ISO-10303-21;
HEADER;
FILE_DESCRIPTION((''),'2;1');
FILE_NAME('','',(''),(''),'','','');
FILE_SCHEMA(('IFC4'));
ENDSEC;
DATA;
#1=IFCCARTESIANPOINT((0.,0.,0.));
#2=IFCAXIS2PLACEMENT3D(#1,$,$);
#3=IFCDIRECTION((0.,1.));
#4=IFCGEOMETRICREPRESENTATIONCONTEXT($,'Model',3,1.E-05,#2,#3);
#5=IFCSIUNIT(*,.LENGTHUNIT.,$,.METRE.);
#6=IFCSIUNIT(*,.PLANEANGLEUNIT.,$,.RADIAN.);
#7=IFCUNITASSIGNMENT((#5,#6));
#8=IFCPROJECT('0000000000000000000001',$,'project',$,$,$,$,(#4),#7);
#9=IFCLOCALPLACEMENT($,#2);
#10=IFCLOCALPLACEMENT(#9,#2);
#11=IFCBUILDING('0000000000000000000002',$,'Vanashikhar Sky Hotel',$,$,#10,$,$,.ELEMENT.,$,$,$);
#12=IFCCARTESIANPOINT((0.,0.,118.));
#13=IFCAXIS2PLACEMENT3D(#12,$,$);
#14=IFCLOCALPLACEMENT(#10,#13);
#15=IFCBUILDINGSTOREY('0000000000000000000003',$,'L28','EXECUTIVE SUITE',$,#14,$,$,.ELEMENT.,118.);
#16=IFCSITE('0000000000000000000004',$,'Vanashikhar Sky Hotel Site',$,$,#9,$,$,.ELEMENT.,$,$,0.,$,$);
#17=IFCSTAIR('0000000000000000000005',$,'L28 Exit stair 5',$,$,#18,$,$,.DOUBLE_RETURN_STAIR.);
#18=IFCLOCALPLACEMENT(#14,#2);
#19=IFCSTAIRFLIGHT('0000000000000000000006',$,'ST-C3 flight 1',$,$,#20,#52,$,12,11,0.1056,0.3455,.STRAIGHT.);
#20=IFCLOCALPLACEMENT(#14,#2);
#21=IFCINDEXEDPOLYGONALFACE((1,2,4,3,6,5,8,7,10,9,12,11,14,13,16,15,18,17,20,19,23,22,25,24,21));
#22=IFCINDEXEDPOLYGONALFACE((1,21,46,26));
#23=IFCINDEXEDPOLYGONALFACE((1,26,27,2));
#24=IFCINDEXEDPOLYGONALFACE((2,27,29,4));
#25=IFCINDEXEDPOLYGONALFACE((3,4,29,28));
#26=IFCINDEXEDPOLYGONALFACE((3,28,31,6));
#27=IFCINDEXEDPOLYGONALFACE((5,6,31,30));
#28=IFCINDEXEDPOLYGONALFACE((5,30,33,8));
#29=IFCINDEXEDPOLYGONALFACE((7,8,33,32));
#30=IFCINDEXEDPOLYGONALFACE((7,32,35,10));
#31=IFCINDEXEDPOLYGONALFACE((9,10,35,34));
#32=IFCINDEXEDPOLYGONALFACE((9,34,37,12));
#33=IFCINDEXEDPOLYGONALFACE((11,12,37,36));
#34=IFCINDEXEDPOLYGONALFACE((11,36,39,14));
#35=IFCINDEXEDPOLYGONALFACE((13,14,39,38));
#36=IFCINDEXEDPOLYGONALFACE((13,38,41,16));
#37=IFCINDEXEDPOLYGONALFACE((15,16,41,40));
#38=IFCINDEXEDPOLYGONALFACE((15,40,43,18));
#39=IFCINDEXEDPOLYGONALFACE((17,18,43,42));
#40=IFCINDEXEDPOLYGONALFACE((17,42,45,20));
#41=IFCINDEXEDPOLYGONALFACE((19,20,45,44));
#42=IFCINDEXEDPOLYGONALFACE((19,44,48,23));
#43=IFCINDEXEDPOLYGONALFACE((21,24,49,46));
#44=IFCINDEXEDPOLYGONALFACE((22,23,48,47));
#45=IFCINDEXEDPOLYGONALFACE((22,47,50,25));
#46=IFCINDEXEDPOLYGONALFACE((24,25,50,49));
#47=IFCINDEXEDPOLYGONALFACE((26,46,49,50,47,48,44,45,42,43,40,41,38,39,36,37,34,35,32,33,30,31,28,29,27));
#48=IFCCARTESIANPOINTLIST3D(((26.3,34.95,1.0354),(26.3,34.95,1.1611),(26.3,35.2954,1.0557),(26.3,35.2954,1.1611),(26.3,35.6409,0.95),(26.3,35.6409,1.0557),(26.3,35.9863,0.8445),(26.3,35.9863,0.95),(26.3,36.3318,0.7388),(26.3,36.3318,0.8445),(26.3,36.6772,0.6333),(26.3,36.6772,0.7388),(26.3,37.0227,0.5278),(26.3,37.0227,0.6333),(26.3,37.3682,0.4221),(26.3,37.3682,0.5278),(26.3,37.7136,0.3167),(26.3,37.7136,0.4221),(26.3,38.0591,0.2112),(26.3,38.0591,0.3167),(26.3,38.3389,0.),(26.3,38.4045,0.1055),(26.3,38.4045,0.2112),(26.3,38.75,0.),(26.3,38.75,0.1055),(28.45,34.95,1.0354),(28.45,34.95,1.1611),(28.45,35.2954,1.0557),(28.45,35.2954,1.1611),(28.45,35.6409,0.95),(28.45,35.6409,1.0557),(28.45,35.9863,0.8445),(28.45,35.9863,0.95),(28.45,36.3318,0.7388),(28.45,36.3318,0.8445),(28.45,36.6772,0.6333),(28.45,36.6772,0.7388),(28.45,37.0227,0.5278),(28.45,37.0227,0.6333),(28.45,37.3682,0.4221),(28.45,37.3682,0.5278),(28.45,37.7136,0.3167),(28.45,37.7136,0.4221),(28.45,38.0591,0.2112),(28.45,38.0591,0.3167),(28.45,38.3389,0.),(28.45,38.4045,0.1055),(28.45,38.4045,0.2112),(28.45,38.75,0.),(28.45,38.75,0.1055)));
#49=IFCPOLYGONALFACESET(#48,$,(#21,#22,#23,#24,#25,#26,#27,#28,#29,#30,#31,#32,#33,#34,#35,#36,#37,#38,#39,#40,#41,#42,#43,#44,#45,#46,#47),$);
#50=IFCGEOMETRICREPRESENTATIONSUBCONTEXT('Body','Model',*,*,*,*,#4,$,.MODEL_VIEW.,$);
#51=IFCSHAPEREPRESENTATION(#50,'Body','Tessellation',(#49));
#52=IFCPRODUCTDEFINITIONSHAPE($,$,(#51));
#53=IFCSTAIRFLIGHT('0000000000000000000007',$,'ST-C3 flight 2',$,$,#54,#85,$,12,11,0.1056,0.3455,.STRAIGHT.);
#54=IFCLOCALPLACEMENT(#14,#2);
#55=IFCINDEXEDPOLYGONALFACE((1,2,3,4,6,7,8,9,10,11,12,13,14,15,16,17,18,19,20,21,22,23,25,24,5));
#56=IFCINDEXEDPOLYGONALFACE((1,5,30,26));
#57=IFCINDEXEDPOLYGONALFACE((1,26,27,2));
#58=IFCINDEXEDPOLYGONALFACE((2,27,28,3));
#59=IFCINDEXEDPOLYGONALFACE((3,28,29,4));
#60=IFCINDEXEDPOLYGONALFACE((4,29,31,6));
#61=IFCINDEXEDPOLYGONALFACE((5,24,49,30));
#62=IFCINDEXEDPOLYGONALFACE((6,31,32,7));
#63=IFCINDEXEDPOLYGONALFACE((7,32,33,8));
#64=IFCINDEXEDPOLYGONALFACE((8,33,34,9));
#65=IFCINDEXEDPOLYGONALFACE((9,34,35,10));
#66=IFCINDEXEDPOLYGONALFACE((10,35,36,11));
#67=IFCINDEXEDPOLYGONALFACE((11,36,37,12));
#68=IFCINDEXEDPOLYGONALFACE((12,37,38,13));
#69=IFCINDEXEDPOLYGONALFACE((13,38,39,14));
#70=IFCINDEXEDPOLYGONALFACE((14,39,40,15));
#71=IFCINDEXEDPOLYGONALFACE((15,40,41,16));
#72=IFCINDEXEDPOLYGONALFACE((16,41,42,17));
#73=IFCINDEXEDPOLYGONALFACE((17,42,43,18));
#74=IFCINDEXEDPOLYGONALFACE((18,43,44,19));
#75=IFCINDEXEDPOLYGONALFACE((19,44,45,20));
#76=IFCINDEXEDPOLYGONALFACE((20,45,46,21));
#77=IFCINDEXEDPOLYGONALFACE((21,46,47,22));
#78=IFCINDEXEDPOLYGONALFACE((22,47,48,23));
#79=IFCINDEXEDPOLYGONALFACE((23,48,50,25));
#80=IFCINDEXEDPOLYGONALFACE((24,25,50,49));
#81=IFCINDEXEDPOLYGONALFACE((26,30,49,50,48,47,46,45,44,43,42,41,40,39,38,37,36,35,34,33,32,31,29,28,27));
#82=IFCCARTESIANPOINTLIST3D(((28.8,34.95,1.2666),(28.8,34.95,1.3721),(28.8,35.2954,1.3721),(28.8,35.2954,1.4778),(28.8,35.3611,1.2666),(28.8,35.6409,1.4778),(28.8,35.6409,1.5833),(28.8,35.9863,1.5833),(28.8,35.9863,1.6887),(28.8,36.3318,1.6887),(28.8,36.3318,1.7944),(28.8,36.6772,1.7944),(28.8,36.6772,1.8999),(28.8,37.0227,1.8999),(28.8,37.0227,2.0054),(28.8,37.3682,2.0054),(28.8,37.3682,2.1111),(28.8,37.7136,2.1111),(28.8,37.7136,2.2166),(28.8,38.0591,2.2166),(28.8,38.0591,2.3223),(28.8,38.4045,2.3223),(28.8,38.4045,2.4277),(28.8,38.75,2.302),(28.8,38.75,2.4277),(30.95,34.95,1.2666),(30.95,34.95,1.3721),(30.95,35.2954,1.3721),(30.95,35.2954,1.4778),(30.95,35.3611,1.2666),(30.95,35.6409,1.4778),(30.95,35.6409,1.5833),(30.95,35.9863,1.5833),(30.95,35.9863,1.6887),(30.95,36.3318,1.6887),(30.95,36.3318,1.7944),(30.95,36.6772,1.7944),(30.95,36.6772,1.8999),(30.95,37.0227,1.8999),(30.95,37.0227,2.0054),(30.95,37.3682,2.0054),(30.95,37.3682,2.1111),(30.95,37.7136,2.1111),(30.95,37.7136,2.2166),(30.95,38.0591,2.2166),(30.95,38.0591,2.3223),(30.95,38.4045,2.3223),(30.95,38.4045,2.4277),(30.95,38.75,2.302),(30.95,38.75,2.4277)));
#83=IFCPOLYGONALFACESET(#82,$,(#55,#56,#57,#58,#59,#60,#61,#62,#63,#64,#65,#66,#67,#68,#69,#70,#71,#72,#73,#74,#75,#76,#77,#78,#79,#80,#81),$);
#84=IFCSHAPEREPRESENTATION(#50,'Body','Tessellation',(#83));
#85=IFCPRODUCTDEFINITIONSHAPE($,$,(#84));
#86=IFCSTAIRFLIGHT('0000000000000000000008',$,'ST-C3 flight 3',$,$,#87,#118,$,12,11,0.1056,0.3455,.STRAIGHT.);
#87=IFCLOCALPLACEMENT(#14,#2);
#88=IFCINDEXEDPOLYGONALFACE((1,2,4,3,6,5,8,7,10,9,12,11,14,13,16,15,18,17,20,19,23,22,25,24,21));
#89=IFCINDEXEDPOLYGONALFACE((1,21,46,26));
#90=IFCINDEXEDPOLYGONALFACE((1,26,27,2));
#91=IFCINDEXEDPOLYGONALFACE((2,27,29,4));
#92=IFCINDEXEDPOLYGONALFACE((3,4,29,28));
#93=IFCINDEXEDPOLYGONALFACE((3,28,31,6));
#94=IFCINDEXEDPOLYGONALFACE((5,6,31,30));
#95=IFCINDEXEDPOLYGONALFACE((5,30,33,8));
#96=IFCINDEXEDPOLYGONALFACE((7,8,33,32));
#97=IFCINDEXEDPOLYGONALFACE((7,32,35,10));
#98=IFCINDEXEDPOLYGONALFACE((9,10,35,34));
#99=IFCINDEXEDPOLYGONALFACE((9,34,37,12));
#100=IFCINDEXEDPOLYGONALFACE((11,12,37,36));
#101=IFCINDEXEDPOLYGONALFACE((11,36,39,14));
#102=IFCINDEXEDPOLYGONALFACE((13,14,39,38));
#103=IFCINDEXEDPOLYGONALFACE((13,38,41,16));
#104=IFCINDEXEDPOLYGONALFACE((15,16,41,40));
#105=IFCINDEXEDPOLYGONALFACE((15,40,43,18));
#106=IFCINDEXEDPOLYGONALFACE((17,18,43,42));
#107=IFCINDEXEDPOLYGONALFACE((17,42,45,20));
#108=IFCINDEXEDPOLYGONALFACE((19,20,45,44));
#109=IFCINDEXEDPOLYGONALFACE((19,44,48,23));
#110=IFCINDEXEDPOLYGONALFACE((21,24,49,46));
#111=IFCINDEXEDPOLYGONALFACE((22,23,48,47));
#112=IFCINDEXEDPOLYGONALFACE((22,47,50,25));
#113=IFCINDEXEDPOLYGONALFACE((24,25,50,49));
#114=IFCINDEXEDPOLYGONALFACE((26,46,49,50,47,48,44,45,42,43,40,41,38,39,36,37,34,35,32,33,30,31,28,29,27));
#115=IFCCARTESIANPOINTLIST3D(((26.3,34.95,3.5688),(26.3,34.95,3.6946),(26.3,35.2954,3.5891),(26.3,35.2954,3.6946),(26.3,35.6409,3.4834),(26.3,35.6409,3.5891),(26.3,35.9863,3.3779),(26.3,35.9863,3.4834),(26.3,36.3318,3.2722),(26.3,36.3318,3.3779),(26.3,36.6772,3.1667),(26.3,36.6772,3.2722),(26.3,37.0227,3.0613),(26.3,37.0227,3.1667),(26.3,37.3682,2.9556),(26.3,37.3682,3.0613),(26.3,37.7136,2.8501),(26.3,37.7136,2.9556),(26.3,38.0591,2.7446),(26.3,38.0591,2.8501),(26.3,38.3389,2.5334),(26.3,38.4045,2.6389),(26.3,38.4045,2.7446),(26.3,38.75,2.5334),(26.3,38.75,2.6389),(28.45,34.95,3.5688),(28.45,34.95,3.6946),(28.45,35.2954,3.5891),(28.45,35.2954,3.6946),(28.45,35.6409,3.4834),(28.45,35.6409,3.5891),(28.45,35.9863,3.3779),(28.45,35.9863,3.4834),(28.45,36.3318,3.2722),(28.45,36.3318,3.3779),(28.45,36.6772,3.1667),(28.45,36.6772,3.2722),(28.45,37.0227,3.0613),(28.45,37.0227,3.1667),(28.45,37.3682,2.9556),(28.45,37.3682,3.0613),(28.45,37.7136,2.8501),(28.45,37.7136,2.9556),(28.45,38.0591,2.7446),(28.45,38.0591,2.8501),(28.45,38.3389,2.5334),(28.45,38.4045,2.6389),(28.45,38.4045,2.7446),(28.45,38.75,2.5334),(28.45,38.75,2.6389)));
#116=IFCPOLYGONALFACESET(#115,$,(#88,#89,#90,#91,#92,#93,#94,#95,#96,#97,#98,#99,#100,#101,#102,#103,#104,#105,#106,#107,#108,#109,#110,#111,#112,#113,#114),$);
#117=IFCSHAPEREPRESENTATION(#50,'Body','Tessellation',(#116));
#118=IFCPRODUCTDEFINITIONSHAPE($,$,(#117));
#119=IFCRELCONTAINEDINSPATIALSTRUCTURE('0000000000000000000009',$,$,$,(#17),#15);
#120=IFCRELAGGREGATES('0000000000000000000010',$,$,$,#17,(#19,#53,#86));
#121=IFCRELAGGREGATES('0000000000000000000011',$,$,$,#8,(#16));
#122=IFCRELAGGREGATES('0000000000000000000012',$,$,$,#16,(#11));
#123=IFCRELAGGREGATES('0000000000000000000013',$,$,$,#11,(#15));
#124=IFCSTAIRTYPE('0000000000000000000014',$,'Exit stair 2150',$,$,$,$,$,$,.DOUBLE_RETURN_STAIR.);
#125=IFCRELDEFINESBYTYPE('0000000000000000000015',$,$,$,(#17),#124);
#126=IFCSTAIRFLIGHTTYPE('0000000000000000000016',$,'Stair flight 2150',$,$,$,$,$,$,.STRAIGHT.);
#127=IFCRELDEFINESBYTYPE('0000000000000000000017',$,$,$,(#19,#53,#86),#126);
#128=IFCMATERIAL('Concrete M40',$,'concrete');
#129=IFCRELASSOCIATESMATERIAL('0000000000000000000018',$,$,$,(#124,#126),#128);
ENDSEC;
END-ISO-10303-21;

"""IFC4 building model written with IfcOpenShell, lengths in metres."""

from ifc_helpers import new_model, si_unit, direction, frame, origin, place, context, subcontext, project, spatial, polyline, outline, extrude, source, transform, mapped, material, type_object, element, aggregate, save


model = new_model("IFC4")

# Units and contexts
model_context = context("Model", 3, precision=1e-05, world=origin(), true_north=direction((0.0, 1.0)))
body_context = subcontext(model_context, "Body", "Model", "MODEL_VIEW")
ifc_project = project(units=[si_unit("LENGTHUNIT", "METRE"), si_unit("PLANEANGLEUNIT", "RADIAN")], contexts=[model_context])

# Site, building, storey
site_placement = place(None, origin())
site = spatial("IfcSite", under=ifc_project, at=site_placement, Name="Vanashikhar Sky Hotel Site", CompositionType="ELEMENT", RefElevation=0.0)
building_placement = place(site_placement, origin())
building = spatial("IfcBuilding", under=site, at=building_placement, Name="Vanashikhar Sky Hotel", CompositionType="ELEMENT")
storey_placement = place(building_placement, frame((0.0, 0.0, 118.0)))
storey = spatial("IfcBuildingStorey", under=building, at=storey_placement, Name="L28", Description="EXECUTIVE SUITE", CompositionType="ELEMENT", Elevation=118.0)

# Shared definitions
ifc_material_1 = material(Name="Concrete M40", Category="concrete")

# Stair, stair flights
stair_type = type_object("IfcStairType", Name="Exit stair 2150", PredefinedType="DOUBLE_RETURN_STAIR", material=ifc_material_1)
stair_flight_type = type_object("IfcStairFlightType", Name="Stair flight 2150", PredefinedType="STRAIGHT", material=ifc_material_1)
shared_shape_1 = source(origin(), body_context, "Body", "SweptSolid", [
    extrude(outline(polyline([(0.0, 0.0), (0.0, 0.1055), (0.3455, 0.1055), (0.3455, 0.2112), (0.6909, 0.2112), (0.6909, 0.3167), (1.0364, 0.3167), (1.0364, 0.4221), (1.3818, 0.4221), (1.3818, 0.5278), (1.7273, 0.5278), (1.7273, 0.6333), (2.0728, 0.6333), (2.0728, 0.7388), (2.4182, 0.7388), (2.4182, 0.8445), (2.7637, 0.8445), (2.7637, 0.95), (3.1091, 0.95), (3.1091, 1.0557), (3.4546, 1.0557), (3.4546, 1.1611), (3.8, 1.1611), (3.8, 1.2666), (3.8, 1.0354), (0.4111, 0.0), (0.0, 0.0)])), frame((0.0, 1.075, 0.0), z_axis=(0.0, -1.0, 0.0), x_axis=(1.0, 0.0, 0.0)), (0.0, 0.0, 1.0), 2.1499),
])
stair_1_placement = place(storey_placement, origin())
stair_1 = element("IfcStair", 1, at=stair_1_placement, inside=storey, type_object=stair_type, Name="L28 Exit stair 5", PredefinedType="DOUBLE_RETURN_STAIR")
stair_flight_1_placement = place(storey_placement, frame((27.375, 38.75, 0.0), z_axis=(0.0, 0.0, 1.0), x_axis=(0.0, -1.0, 0.0)))
stair_flight_1 = element("IfcStairFlight", 2, at=stair_flight_1_placement, type_object=stair_flight_type, Name="ST-C3 flight 1", NumberOfRisers=12, NumberOfTreads=11, PredefinedType="STRAIGHT", RiserHeight=0.1056, TreadLength=0.3455, context=body_context, shape_type="MappedRepresentation", body=[
    mapped(shared_shape_1, transform((0.0, 0.0, 0.0), scale=1.0)),
])
stair_flight_2_placement = place(storey_placement, frame((29.875, 34.95, 1.2666), z_axis=(0.0, 0.0, 1.0), x_axis=(0.0, 1.0, 0.0)))
stair_flight_2 = element("IfcStairFlight", 3, at=stair_flight_2_placement, type_object=stair_flight_type, Name="ST-C3 flight 2", NumberOfRisers=12, NumberOfTreads=11, PredefinedType="STRAIGHT", RiserHeight=0.1056, TreadLength=0.3455, context=body_context, shape_type="MappedRepresentation", body=[
    mapped(shared_shape_1, transform((0.0, 0.0, 0.0), scale=1.0)),
])
stair_flight_3_placement = place(storey_placement, frame((27.375, 38.75, 2.5334), z_axis=(0.0, 0.0, 1.0), x_axis=(0.0, -1.0, 0.0)))
stair_flight_3 = element("IfcStairFlight", 4, at=stair_flight_3_placement, type_object=stair_flight_type, Name="ST-C3 flight 3", NumberOfRisers=12, NumberOfTreads=11, PredefinedType="STRAIGHT", RiserHeight=0.1056, TreadLength=0.3455, context=body_context, shape_type="MappedRepresentation", body=[
    mapped(shared_shape_1, transform((0.0, 0.0, 0.0), scale=1.0)),
])
aggregate(stair_1, [stair_flight_1, stair_flight_2, stair_flight_3])

save(model, "model.ifc")
